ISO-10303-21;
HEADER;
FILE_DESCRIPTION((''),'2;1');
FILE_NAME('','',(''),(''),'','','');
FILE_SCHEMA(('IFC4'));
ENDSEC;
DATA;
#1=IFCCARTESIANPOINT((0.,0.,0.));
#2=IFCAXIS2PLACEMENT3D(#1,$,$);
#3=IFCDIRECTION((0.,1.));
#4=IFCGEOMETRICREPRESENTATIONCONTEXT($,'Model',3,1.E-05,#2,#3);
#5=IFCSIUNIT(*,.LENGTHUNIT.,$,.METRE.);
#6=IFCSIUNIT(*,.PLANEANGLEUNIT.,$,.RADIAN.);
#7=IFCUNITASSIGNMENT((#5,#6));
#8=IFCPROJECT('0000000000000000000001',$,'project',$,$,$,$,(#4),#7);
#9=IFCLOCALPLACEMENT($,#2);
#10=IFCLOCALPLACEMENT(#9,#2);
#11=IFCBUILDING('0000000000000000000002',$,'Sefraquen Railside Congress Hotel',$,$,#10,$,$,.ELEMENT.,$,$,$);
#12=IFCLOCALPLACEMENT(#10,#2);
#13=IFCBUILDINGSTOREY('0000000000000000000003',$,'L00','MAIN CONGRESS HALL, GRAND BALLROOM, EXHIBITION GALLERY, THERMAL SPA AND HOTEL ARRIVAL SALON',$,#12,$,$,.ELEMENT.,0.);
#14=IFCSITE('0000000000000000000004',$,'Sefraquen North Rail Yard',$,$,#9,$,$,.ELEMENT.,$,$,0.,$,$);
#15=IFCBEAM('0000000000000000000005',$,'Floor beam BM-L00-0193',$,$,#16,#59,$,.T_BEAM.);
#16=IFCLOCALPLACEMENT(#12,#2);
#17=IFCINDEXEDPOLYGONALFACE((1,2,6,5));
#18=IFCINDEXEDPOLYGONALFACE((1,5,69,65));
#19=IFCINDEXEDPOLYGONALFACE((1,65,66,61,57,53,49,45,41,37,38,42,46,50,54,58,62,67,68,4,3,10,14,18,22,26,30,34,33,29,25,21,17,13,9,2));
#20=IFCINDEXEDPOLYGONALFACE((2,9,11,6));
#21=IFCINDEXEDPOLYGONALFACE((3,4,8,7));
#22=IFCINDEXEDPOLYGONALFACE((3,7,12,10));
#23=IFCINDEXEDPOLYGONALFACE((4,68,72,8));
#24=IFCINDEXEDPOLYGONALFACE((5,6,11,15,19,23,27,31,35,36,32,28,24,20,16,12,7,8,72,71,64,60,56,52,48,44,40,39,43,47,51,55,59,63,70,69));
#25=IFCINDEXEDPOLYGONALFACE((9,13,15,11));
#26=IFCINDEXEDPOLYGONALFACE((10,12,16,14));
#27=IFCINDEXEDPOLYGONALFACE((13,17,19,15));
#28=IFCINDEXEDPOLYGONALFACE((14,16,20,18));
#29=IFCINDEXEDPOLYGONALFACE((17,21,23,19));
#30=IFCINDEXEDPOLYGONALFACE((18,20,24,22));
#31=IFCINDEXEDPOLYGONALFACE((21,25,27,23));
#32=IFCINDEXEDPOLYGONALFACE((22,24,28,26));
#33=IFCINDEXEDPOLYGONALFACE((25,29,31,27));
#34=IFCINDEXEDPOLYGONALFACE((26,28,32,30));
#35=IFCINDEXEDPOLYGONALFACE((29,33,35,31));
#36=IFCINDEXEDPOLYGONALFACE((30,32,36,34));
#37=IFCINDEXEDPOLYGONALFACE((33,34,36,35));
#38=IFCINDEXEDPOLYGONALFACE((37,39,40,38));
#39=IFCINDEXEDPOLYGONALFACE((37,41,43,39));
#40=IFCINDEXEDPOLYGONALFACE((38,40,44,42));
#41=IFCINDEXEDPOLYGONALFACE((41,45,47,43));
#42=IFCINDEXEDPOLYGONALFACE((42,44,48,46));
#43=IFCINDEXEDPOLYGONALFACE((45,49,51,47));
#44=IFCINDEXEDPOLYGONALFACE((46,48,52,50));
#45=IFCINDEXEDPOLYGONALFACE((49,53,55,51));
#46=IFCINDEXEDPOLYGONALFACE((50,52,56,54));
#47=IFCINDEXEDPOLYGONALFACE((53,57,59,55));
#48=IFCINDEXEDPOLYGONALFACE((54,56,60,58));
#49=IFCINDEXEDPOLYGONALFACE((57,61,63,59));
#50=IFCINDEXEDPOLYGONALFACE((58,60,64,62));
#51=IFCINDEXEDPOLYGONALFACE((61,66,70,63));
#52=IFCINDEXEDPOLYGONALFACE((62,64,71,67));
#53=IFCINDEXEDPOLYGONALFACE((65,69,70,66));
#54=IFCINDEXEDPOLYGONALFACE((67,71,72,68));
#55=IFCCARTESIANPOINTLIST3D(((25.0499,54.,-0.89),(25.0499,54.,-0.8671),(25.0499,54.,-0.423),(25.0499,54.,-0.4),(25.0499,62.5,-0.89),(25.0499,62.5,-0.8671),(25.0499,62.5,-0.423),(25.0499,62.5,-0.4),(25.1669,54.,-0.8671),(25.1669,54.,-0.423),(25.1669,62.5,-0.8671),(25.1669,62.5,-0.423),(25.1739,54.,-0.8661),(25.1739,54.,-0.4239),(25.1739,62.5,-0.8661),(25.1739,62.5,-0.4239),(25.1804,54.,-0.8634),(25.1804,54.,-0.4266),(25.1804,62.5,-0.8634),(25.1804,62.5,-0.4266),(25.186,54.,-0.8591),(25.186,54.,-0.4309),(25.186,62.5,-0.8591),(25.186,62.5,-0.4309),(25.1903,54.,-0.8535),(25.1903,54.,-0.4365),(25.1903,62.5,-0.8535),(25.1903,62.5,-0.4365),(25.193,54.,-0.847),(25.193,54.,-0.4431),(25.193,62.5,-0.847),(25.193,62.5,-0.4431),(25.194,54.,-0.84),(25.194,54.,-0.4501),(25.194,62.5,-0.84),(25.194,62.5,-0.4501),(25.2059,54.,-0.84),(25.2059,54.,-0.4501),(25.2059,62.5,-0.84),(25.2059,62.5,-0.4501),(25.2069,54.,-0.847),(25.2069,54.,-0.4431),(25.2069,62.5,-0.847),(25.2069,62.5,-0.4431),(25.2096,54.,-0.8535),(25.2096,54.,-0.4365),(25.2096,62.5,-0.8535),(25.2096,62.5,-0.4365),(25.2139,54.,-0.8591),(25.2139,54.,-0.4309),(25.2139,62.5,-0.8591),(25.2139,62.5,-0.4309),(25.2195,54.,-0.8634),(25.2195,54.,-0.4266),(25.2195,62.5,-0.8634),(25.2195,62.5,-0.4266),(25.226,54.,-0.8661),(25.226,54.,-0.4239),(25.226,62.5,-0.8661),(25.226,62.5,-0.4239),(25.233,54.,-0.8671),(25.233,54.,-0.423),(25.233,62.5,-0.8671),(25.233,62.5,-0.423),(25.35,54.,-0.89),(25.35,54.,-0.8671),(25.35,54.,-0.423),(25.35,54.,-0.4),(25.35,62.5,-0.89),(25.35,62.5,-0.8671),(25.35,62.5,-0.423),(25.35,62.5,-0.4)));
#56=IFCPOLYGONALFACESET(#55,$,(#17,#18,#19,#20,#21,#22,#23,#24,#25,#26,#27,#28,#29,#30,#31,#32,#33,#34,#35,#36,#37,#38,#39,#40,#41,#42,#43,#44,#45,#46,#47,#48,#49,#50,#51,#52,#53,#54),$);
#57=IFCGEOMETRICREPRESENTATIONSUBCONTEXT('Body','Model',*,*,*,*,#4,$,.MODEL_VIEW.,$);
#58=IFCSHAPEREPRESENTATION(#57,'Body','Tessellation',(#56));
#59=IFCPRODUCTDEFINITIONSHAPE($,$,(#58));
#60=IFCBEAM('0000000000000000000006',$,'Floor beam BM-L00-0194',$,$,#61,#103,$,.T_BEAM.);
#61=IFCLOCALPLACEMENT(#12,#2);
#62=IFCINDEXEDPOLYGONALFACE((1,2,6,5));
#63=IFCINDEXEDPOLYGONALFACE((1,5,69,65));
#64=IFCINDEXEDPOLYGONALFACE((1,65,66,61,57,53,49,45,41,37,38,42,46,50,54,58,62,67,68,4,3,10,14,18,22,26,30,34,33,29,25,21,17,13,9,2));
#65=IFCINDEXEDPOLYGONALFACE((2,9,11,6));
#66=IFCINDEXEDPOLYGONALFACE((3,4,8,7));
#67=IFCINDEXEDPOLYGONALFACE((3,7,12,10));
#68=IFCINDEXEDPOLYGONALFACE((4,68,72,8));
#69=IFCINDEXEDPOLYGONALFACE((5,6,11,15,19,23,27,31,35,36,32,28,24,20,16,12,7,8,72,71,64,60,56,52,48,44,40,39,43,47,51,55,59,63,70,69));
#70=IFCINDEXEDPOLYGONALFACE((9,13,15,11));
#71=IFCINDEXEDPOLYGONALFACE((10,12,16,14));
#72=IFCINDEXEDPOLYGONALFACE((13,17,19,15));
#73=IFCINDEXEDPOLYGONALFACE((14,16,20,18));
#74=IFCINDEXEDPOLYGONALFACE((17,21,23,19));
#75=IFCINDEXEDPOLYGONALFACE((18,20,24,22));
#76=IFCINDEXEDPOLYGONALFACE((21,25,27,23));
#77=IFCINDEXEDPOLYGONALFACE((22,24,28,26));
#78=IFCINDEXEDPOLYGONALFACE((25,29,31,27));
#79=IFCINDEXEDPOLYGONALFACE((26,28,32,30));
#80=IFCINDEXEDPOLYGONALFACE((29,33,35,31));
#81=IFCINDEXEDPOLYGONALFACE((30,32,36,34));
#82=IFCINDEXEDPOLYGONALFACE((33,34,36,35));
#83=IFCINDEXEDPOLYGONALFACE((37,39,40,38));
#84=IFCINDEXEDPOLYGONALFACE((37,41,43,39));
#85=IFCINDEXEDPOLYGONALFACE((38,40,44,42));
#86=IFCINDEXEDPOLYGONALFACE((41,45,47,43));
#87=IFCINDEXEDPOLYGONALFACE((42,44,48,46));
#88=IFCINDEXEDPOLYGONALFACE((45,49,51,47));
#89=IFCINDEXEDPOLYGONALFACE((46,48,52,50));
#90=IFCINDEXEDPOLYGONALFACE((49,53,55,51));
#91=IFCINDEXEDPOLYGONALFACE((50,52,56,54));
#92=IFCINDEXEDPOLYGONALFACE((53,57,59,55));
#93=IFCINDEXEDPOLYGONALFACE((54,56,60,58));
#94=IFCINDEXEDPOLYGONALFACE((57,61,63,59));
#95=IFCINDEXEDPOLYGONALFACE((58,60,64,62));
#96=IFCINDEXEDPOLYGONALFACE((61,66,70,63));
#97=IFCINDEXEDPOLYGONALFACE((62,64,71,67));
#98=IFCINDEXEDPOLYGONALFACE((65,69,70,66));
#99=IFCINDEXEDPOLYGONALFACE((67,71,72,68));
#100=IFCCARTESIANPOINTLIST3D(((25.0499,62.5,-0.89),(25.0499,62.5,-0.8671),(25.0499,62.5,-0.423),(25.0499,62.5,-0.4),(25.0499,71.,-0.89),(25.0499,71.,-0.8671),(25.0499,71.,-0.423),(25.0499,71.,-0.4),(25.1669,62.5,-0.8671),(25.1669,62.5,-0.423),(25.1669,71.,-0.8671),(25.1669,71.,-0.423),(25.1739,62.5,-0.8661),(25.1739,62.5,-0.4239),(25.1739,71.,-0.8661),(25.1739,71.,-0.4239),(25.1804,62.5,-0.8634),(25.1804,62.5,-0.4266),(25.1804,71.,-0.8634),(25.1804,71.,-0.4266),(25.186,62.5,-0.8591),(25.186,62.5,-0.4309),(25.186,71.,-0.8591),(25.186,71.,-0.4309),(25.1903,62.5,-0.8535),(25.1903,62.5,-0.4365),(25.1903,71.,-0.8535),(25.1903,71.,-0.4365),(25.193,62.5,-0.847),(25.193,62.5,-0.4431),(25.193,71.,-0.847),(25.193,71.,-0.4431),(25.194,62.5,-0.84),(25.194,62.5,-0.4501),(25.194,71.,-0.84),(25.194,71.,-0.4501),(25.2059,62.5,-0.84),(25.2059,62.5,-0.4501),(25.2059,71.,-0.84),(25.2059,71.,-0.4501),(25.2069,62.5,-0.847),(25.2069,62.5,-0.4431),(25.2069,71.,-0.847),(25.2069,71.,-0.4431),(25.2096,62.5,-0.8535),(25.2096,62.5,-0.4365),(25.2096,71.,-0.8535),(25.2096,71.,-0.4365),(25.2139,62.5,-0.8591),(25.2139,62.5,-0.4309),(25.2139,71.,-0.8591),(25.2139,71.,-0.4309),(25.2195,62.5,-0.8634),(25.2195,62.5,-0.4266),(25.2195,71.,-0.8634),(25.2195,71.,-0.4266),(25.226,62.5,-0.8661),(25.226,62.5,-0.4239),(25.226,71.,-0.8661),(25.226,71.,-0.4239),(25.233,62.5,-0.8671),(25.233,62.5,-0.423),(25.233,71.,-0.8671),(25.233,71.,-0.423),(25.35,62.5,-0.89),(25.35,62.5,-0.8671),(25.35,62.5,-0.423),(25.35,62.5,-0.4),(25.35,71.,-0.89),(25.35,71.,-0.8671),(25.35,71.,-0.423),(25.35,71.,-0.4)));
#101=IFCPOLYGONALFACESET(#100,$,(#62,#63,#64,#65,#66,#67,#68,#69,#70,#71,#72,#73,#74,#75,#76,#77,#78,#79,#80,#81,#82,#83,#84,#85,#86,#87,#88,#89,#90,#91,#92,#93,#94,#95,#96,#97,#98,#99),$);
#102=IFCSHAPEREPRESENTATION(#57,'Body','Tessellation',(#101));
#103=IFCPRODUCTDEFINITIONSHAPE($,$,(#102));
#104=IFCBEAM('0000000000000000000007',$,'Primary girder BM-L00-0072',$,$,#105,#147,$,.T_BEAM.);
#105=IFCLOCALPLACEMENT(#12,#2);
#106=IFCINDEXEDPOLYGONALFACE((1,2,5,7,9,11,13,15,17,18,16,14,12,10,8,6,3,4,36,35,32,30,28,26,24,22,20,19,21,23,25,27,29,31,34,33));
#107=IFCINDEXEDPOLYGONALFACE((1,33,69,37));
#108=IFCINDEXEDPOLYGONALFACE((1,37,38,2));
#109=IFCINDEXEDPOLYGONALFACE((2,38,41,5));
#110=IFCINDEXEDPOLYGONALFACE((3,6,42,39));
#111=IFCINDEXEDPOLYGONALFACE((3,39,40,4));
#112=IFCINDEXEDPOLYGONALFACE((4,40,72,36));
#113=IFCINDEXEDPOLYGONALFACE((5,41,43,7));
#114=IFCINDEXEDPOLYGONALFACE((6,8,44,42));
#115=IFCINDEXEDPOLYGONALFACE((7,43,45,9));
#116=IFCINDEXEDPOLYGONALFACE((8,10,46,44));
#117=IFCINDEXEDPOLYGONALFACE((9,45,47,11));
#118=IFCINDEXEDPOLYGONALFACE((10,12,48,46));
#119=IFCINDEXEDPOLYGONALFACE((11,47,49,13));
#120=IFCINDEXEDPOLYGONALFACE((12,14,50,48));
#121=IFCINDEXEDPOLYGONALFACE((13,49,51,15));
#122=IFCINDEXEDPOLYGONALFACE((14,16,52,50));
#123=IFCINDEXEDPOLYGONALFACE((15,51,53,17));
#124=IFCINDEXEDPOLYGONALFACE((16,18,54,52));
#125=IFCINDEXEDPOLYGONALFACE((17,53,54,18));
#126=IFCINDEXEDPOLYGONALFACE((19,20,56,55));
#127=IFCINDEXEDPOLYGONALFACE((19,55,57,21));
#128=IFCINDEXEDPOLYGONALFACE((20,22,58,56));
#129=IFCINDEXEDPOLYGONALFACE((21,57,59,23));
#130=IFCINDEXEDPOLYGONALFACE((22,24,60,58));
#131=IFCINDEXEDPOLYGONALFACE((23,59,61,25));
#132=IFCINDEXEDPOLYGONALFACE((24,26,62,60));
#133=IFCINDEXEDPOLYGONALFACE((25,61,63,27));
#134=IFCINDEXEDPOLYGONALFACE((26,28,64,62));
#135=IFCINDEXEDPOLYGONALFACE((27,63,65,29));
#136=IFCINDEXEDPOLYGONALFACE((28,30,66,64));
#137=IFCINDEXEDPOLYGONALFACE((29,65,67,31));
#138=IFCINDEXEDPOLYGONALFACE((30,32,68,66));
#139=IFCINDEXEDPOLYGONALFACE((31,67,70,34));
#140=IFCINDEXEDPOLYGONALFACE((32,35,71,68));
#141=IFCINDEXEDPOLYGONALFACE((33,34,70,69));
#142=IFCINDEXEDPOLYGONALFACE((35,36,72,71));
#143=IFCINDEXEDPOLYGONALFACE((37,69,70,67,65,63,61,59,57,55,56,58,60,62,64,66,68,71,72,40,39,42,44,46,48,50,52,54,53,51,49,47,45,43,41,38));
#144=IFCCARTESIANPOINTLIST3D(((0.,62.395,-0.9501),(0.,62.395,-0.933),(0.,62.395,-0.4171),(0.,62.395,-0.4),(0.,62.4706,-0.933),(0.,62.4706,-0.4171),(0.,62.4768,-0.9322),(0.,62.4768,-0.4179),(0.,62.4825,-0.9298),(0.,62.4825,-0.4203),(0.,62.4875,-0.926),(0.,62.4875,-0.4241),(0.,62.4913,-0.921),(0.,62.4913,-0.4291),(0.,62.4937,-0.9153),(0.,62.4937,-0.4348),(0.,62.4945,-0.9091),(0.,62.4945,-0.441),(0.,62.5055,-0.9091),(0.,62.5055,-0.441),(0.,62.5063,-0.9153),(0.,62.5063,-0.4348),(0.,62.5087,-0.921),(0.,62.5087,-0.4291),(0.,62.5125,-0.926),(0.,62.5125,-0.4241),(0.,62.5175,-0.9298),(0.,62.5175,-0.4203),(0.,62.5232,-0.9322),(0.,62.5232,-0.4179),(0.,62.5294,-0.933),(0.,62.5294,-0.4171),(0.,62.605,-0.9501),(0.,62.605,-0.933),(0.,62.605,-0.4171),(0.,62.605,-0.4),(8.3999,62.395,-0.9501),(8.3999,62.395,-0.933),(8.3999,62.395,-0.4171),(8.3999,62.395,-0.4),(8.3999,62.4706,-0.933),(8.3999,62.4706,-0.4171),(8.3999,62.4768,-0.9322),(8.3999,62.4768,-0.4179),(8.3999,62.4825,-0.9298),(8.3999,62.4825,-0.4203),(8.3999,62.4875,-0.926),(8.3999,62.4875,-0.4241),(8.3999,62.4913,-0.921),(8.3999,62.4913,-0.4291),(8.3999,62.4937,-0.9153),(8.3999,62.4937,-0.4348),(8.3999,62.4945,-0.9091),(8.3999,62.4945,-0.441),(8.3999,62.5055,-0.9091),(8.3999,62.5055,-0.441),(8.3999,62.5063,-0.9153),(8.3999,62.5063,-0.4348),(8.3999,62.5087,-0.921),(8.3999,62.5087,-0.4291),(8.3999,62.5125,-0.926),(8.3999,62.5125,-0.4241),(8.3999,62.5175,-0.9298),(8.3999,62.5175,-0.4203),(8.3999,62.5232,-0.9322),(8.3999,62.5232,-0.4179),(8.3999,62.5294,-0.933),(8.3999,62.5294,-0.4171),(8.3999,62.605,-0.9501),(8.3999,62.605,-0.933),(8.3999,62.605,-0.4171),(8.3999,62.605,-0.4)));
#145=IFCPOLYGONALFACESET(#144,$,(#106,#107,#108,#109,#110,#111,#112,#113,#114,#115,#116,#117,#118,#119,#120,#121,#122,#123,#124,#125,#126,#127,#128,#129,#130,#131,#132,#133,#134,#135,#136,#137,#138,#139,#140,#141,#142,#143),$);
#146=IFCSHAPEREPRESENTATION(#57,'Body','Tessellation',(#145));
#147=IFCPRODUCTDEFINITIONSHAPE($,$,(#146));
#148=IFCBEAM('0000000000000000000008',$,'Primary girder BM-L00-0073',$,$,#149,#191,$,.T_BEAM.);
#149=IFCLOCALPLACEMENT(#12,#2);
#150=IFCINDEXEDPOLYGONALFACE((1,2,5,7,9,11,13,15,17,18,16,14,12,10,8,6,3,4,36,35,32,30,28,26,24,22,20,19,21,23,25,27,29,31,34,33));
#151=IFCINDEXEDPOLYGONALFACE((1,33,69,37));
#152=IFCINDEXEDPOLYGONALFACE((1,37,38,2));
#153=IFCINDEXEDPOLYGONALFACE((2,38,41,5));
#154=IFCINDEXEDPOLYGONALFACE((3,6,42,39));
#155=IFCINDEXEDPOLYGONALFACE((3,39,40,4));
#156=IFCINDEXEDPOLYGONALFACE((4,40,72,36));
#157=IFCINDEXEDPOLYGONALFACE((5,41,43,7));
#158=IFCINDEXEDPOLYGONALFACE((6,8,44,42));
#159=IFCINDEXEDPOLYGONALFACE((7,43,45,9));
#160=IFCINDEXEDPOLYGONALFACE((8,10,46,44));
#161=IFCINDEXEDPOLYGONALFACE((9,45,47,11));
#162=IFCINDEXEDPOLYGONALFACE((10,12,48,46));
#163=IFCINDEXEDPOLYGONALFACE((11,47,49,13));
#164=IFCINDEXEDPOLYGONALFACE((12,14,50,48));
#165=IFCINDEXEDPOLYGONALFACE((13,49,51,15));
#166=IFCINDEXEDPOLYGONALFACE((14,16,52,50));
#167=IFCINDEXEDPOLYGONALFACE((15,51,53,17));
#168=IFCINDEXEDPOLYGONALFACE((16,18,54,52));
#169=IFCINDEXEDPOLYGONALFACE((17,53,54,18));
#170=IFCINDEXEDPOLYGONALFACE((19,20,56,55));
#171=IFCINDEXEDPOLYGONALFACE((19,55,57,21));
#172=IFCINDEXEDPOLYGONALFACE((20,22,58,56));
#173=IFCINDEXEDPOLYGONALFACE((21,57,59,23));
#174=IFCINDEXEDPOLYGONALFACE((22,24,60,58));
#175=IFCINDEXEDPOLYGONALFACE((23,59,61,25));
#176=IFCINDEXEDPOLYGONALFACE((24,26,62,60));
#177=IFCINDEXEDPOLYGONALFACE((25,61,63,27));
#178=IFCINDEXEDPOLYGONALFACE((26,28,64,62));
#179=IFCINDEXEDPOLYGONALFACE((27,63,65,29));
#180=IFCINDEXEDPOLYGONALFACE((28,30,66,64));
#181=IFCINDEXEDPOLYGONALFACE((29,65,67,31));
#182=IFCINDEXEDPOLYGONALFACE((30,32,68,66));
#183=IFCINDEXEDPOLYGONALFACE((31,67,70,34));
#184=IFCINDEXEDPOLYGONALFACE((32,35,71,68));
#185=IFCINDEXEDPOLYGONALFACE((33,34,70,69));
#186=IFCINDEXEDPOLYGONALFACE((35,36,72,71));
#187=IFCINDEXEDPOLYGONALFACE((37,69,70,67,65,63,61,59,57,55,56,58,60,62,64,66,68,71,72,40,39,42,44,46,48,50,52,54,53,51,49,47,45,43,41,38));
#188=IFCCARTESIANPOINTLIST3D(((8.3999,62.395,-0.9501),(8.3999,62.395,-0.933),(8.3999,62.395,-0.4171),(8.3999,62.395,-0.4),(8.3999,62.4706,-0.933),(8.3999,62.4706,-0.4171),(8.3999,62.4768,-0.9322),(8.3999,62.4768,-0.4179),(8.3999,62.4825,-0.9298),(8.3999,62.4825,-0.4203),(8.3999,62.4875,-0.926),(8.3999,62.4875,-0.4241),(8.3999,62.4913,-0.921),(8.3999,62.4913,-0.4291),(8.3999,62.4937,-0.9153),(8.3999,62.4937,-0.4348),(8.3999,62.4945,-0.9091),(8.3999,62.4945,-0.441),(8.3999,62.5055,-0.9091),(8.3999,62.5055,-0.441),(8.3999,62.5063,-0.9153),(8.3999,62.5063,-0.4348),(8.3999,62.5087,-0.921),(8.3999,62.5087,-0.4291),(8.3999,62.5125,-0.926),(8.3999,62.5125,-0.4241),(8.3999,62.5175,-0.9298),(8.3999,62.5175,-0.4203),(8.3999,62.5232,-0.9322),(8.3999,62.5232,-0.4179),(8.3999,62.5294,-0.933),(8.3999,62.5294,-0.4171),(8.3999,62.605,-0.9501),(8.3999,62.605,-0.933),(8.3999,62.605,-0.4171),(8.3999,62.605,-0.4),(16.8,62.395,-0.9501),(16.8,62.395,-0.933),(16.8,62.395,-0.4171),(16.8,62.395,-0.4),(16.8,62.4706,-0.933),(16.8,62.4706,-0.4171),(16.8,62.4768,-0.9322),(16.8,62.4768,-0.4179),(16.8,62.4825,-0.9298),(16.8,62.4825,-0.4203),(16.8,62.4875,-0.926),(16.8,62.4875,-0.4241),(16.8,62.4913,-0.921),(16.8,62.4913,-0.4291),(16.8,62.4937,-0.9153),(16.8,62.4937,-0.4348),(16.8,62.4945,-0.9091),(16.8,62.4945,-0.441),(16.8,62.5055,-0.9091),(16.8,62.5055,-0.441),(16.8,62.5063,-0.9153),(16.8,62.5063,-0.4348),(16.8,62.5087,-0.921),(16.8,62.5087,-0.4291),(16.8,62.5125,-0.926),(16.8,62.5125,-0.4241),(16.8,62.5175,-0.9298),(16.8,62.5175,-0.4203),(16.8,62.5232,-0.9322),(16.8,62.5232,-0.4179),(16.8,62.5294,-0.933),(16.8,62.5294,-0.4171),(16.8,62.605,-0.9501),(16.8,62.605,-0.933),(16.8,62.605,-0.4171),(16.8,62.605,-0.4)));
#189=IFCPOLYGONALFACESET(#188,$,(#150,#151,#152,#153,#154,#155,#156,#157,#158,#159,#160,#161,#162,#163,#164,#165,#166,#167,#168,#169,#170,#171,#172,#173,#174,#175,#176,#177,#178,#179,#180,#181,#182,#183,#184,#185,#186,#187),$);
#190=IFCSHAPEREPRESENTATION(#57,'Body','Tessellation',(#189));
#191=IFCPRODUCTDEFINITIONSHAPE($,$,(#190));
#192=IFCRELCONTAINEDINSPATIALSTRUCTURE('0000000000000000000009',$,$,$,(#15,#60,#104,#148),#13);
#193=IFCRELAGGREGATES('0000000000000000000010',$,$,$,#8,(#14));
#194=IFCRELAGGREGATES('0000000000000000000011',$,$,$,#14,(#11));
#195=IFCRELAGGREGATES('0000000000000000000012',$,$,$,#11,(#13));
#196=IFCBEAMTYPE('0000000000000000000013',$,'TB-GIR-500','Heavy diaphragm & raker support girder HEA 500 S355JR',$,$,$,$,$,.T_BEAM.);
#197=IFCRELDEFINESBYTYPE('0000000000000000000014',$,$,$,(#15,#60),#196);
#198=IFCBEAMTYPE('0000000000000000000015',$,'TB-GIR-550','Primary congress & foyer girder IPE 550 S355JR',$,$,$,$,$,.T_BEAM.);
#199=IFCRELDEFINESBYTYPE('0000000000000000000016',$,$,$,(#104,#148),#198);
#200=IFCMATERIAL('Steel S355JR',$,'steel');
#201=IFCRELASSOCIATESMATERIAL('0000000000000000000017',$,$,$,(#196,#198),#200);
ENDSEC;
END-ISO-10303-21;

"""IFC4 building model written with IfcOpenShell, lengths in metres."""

from ifc_helpers import new_model, si_unit, direction, frame, origin, origin_2d, place, context, subcontext, project, spatial, i_section, extrude, material, material_profile, profile_set, type_object, element, save


model = new_model("IFC4")

# Units and contexts
model_context = context("Model", 3, precision=1e-05, world=origin(), true_north=direction((0.0, 1.0)))
body_context = subcontext(model_context, "Body", "Model", "MODEL_VIEW")
ifc_project = project(units=[si_unit("LENGTHUNIT", "METRE"), si_unit("PLANEANGLEUNIT", "RADIAN")], contexts=[model_context])

# Site, building, storey
site_placement = place(None, origin())
site = spatial("IfcSite", under=ifc_project, at=site_placement, Name="Sefraquen North Rail Yard", CompositionType="ELEMENT", RefElevation=0.0)
building_placement = place(site_placement, origin())
building = spatial("IfcBuilding", under=site, at=building_placement, Name="Sefraquen Railside Congress Hotel", CompositionType="ELEMENT")
storey_placement = place(building_placement, origin())
storey = spatial("IfcBuildingStorey", under=building, at=storey_placement, Name="L00", Description="MAIN CONGRESS HALL, GRAND BALLROOM, EXHIBITION GALLERY, THERMAL SPA AND HOTEL ARRIVAL SALON", CompositionType="ELEMENT", Elevation=0.0)

# Shared definitions
ifc_material_1 = material(Name="Steel S355JR", Category="steel")

# Beams
ifc_material_profile_1 = material_profile(ifc_material_1, i_section(OverallWidth=0.3, OverallDepth=0.49, WebThickness=0.012, FlangeThickness=0.0229, FilletRadius=0.0271, at=origin_2d()), Name="HEA 500")
ifc_profile_set_1 = profile_set([ifc_material_profile_1], Name="Steel S355JR")
beam_type_1 = type_object("IfcBeamType", Name="TB-GIR-500", Description="Heavy diaphragm & raker support girder HEA 500 S355JR", PredefinedType="T_BEAM", material=ifc_profile_set_1)
for number, where, z_axis, x_axis, name in (
    (1, (25.2, 54.0, -0.645), (0.0, 1.0, 0.0), (-1.0, 0.0, 0.0), "Floor beam BM-L00-0193"),
    (2, (25.2, 62.5, -0.645), (0.0, 1.0, 0.0), (-1.0, 0.0, 0.0), "Floor beam BM-L00-0194"),
):
    element("IfcBeam", number, at=place(storey_placement, frame(where, z_axis=z_axis, x_axis=x_axis)), inside=storey, type_object=beam_type_1, Name=name, PredefinedType="T_BEAM", context=body_context, shape_type="SweptSolid", body=[
        extrude(i_section(OverallWidth=0.3, OverallDepth=0.49, WebThickness=0.012, FlangeThickness=0.0229, FilletRadius=0.0271, at=origin_2d()), origin(), (0.0, 0.0, 1.0), 8.5),
    ])
ifc_material_profile_2 = material_profile(ifc_material_1, i_section(OverallWidth=0.21, OverallDepth=0.55, WebThickness=0.011, FlangeThickness=0.0171, FilletRadius=0.0239, at=origin_2d()), Name="IPE 550")
ifc_profile_set_2 = profile_set([ifc_material_profile_2], Name="Steel S355JR")
beam_type_2 = type_object("IfcBeamType", Name="TB-GIR-550", Description="Primary congress & foyer girder IPE 550 S355JR", PredefinedType="T_BEAM", material=ifc_profile_set_2)
beam_1_placement = place(storey_placement, frame((0.0, 62.5, -0.675), z_axis=(1.0, 0.0, 0.0), x_axis=(0.0, 1.0, 0.0)))
element("IfcBeam", 3, at=beam_1_placement, inside=storey, type_object=beam_type_2, Name="Primary girder BM-L00-0072", PredefinedType="T_BEAM", context=body_context, shape_type="SweptSolid", body=[
    extrude(i_section(OverallWidth=0.21, OverallDepth=0.55, WebThickness=0.011, FlangeThickness=0.0171, FilletRadius=0.0239, at=origin_2d()), origin(), (0.0, 0.0, 1.0), 8.3999),
])
beam_2_placement = place(storey_placement, frame((8.3999, 62.5, -0.675), z_axis=(1.0, 0.0, 0.0), x_axis=(0.0, 1.0, 0.0)))
element("IfcBeam", 4, at=beam_2_placement, inside=storey, type_object=beam_type_2, Name="Primary girder BM-L00-0073", PredefinedType="T_BEAM", context=body_context, shape_type="SweptSolid", body=[
    extrude(i_section(OverallWidth=0.21, OverallDepth=0.55, WebThickness=0.011, FlangeThickness=0.0171, FilletRadius=0.0239, at=origin_2d()), origin(), (0.0, 0.0, 1.0), 8.4001),
])

save(model, "model.ifc")
